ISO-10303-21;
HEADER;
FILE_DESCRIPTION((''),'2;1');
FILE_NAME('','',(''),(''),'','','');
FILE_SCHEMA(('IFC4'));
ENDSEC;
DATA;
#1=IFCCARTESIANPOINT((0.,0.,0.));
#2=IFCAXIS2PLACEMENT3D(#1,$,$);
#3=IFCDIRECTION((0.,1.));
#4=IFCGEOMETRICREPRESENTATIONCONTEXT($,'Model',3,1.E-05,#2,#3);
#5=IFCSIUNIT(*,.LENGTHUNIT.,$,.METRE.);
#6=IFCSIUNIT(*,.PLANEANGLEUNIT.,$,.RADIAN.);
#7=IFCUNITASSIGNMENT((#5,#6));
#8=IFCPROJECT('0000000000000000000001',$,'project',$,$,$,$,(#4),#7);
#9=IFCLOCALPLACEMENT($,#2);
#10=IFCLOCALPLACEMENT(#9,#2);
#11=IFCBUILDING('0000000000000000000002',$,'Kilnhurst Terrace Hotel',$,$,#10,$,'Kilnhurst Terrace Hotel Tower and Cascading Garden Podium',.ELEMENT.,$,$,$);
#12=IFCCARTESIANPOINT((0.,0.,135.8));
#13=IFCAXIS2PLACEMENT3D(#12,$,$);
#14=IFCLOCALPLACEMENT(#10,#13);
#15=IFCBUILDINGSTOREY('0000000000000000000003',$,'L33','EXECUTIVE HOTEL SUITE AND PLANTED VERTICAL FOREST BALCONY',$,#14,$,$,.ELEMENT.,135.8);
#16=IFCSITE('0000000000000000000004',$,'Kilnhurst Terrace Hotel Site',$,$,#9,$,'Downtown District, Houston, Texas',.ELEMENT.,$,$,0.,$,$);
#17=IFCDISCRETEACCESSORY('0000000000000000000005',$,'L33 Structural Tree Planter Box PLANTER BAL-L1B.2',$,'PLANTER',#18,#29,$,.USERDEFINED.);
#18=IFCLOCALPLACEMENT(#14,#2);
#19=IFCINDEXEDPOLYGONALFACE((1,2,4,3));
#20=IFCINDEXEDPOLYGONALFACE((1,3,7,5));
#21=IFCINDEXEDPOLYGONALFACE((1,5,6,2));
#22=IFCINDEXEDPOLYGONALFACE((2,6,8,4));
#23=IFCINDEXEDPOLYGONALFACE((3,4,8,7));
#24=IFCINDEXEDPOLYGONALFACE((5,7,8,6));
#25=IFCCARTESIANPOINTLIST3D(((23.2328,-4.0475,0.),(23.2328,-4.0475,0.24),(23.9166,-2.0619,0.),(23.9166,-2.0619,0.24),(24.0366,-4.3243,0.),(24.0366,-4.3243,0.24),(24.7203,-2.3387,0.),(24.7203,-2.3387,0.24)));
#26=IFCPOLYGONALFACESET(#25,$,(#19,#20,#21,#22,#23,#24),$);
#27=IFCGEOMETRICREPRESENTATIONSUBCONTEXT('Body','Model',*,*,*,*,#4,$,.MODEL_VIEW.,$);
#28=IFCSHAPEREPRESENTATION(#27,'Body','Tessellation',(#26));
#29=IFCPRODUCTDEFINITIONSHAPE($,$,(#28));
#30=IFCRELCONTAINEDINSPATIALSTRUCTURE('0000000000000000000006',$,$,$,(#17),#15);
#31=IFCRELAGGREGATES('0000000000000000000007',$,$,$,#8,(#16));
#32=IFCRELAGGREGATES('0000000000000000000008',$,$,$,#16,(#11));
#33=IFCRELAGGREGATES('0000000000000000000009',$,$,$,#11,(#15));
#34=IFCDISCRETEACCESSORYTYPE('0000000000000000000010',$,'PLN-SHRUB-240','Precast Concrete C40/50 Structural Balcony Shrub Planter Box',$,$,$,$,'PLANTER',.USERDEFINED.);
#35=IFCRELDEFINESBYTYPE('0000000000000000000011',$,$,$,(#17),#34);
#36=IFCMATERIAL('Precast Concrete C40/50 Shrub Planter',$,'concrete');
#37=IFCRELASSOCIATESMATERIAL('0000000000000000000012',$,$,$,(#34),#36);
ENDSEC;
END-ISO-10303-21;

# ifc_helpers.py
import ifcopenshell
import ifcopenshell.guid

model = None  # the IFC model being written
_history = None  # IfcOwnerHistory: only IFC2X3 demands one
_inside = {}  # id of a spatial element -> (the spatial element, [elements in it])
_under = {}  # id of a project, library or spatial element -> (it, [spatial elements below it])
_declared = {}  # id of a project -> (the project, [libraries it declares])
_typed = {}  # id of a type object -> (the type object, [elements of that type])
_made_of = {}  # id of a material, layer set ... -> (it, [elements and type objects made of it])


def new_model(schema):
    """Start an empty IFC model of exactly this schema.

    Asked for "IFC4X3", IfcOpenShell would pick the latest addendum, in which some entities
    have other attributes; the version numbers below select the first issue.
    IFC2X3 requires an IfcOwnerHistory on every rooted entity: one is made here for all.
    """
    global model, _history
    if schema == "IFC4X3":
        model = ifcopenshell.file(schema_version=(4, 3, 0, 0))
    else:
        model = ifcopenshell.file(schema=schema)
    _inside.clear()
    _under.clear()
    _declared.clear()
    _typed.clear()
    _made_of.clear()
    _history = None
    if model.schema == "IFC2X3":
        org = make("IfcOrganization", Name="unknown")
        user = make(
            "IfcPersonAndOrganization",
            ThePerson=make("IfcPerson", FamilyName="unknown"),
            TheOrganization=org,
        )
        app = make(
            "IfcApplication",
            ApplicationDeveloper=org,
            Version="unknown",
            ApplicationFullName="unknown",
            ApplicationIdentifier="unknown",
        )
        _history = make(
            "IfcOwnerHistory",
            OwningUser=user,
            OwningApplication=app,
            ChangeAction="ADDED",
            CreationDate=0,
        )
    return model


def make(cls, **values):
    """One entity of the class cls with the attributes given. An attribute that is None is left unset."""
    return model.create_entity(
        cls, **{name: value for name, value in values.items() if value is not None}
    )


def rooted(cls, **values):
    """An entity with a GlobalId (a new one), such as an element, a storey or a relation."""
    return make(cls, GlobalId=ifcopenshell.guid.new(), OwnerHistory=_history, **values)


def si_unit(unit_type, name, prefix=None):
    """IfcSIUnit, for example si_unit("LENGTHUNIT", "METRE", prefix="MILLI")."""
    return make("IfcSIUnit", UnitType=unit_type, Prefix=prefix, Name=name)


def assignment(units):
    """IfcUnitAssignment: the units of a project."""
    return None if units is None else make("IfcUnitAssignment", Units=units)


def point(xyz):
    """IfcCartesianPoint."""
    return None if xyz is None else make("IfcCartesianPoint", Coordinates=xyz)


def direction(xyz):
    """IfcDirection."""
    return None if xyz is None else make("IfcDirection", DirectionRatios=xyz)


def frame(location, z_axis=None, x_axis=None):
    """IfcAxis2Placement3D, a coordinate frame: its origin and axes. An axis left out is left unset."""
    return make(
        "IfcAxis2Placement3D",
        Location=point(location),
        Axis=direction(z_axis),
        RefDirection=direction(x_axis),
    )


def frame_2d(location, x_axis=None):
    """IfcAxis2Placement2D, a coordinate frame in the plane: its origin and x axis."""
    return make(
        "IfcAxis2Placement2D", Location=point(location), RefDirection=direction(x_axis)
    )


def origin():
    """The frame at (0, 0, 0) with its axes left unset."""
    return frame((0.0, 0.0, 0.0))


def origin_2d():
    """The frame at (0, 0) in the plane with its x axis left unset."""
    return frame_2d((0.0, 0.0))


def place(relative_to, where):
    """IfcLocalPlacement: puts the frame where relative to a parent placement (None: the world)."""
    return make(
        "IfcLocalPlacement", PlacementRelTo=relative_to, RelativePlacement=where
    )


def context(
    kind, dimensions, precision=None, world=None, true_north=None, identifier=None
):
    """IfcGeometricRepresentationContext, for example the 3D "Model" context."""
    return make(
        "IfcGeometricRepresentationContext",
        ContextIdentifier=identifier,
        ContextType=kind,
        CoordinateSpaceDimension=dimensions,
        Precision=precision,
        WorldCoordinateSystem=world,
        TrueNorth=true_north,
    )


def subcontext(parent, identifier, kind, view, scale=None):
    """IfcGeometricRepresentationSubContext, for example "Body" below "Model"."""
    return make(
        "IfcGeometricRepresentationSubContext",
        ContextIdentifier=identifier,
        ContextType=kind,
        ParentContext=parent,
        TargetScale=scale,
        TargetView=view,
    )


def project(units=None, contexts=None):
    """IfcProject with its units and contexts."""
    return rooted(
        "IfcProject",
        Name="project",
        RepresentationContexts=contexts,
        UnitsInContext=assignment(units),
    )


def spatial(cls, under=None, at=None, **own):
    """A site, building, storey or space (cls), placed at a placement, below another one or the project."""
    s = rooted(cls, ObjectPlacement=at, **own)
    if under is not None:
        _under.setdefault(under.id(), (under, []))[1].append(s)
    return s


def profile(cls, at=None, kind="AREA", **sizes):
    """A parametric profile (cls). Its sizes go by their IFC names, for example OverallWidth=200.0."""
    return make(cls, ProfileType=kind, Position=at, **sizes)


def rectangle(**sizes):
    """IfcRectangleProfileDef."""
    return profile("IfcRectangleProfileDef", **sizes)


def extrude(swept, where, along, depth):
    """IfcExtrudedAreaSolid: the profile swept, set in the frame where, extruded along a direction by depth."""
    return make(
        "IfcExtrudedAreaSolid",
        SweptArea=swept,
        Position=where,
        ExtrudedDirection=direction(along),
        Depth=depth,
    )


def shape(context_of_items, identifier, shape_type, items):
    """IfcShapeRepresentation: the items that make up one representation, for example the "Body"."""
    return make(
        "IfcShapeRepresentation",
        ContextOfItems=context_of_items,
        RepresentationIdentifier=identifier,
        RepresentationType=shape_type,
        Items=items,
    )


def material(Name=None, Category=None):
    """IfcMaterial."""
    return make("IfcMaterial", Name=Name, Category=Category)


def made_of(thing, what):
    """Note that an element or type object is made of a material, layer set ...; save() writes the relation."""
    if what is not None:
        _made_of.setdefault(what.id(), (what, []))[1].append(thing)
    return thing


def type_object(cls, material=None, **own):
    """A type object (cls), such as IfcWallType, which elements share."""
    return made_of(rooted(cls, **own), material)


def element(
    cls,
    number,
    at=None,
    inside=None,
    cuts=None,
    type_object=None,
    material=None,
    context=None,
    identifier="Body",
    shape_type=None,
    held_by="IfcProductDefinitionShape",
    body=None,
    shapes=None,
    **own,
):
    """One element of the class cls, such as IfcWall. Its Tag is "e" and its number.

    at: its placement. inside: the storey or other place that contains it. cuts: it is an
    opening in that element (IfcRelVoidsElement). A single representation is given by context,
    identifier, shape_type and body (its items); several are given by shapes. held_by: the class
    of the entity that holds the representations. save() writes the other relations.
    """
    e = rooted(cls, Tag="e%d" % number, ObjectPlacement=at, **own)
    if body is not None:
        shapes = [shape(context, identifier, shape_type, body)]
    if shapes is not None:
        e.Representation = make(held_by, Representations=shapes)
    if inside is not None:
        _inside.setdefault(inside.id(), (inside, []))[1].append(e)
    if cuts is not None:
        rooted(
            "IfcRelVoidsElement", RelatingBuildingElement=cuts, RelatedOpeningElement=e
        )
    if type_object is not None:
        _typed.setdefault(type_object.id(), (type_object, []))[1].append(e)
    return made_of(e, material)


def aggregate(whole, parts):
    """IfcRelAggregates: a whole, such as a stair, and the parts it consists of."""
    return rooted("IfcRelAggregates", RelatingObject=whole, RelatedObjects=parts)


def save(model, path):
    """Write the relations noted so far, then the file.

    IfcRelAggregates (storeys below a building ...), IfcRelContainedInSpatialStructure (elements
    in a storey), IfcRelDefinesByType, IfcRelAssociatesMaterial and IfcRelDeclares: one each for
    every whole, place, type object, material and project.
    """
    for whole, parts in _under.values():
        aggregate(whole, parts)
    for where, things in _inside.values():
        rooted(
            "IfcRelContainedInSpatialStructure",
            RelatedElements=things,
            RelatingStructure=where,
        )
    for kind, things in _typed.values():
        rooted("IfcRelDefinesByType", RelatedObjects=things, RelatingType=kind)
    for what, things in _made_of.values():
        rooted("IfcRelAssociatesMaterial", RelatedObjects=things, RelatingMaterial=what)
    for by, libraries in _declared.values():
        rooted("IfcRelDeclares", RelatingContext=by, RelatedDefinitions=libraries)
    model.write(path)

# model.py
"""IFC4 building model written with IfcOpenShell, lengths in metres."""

from ifc_helpers import new_model, si_unit, direction, frame, origin, origin_2d, place, context, subcontext, project, spatial, rectangle, extrude, material, type_object, element, save


model = new_model("IFC4")

# Units and contexts
model_context = context("Model", 3, precision=1e-05, world=origin(), true_north=direction((0.0, 1.0)))
body_context = subcontext(model_context, "Body", "Model", "MODEL_VIEW")
ifc_project = project(units=[si_unit("LENGTHUNIT", "METRE"), si_unit("PLANEANGLEUNIT", "RADIAN")], contexts=[model_context])

# Site, building, storey
site_placement = place(None, origin())
site = spatial("IfcSite", under=ifc_project, at=site_placement, Name="Kilnhurst Terrace Hotel Site", LongName="Downtown District, Houston, Texas", CompositionType="ELEMENT", RefElevation=0.0)
building_placement = place(site_placement, origin())
building = spatial("IfcBuilding", under=site, at=building_placement, Name="Kilnhurst Terrace Hotel", LongName="Kilnhurst Terrace Hotel Tower and Cascading Garden Podium", CompositionType="ELEMENT")
storey_placement = place(building_placement, frame((0.0, 0.0, 135.8)))
storey = spatial("IfcBuildingStorey", under=building, at=storey_placement, Name="L33", Description="EXECUTIVE HOTEL SUITE AND PLANTED VERTICAL FOREST BALCONY", CompositionType="ELEMENT", Elevation=135.8)

# Discrete accessory
ifc_material_1 = material(Name="Precast Concrete C40/50 Shrub Planter", Category="concrete")
discrete_accessory_type = type_object("IfcDiscreteAccessoryType", Name="PLN-SHRUB-240", Description="Precast Concrete C40/50 Structural Balcony Shrub Planter Box", ElementType="PLANTER", PredefinedType="USERDEFINED", material=ifc_material_1)
discrete_accessory_placement = place(storey_placement, frame((23.9766, -3.1931, 0.0), z_axis=(0.0, 0.0, 1.0), x_axis=(0.325601, 0.945507, 0.0)))
element("IfcDiscreteAccessory", 1, at=discrete_accessory_placement, inside=storey, type_object=discrete_accessory_type, Name="L33 Structural Tree Planter Box PLANTER BAL-L1B.2", ObjectType="PLANTER", PredefinedType="USERDEFINED", context=body_context, shape_type="SweptSolid", body=[
    extrude(rectangle(XDim=2.1001, YDim=0.8501, at=origin_2d()), origin(), (0.0, 0.0, 1.0), 0.24),
])

save(model, "model.ifc")
